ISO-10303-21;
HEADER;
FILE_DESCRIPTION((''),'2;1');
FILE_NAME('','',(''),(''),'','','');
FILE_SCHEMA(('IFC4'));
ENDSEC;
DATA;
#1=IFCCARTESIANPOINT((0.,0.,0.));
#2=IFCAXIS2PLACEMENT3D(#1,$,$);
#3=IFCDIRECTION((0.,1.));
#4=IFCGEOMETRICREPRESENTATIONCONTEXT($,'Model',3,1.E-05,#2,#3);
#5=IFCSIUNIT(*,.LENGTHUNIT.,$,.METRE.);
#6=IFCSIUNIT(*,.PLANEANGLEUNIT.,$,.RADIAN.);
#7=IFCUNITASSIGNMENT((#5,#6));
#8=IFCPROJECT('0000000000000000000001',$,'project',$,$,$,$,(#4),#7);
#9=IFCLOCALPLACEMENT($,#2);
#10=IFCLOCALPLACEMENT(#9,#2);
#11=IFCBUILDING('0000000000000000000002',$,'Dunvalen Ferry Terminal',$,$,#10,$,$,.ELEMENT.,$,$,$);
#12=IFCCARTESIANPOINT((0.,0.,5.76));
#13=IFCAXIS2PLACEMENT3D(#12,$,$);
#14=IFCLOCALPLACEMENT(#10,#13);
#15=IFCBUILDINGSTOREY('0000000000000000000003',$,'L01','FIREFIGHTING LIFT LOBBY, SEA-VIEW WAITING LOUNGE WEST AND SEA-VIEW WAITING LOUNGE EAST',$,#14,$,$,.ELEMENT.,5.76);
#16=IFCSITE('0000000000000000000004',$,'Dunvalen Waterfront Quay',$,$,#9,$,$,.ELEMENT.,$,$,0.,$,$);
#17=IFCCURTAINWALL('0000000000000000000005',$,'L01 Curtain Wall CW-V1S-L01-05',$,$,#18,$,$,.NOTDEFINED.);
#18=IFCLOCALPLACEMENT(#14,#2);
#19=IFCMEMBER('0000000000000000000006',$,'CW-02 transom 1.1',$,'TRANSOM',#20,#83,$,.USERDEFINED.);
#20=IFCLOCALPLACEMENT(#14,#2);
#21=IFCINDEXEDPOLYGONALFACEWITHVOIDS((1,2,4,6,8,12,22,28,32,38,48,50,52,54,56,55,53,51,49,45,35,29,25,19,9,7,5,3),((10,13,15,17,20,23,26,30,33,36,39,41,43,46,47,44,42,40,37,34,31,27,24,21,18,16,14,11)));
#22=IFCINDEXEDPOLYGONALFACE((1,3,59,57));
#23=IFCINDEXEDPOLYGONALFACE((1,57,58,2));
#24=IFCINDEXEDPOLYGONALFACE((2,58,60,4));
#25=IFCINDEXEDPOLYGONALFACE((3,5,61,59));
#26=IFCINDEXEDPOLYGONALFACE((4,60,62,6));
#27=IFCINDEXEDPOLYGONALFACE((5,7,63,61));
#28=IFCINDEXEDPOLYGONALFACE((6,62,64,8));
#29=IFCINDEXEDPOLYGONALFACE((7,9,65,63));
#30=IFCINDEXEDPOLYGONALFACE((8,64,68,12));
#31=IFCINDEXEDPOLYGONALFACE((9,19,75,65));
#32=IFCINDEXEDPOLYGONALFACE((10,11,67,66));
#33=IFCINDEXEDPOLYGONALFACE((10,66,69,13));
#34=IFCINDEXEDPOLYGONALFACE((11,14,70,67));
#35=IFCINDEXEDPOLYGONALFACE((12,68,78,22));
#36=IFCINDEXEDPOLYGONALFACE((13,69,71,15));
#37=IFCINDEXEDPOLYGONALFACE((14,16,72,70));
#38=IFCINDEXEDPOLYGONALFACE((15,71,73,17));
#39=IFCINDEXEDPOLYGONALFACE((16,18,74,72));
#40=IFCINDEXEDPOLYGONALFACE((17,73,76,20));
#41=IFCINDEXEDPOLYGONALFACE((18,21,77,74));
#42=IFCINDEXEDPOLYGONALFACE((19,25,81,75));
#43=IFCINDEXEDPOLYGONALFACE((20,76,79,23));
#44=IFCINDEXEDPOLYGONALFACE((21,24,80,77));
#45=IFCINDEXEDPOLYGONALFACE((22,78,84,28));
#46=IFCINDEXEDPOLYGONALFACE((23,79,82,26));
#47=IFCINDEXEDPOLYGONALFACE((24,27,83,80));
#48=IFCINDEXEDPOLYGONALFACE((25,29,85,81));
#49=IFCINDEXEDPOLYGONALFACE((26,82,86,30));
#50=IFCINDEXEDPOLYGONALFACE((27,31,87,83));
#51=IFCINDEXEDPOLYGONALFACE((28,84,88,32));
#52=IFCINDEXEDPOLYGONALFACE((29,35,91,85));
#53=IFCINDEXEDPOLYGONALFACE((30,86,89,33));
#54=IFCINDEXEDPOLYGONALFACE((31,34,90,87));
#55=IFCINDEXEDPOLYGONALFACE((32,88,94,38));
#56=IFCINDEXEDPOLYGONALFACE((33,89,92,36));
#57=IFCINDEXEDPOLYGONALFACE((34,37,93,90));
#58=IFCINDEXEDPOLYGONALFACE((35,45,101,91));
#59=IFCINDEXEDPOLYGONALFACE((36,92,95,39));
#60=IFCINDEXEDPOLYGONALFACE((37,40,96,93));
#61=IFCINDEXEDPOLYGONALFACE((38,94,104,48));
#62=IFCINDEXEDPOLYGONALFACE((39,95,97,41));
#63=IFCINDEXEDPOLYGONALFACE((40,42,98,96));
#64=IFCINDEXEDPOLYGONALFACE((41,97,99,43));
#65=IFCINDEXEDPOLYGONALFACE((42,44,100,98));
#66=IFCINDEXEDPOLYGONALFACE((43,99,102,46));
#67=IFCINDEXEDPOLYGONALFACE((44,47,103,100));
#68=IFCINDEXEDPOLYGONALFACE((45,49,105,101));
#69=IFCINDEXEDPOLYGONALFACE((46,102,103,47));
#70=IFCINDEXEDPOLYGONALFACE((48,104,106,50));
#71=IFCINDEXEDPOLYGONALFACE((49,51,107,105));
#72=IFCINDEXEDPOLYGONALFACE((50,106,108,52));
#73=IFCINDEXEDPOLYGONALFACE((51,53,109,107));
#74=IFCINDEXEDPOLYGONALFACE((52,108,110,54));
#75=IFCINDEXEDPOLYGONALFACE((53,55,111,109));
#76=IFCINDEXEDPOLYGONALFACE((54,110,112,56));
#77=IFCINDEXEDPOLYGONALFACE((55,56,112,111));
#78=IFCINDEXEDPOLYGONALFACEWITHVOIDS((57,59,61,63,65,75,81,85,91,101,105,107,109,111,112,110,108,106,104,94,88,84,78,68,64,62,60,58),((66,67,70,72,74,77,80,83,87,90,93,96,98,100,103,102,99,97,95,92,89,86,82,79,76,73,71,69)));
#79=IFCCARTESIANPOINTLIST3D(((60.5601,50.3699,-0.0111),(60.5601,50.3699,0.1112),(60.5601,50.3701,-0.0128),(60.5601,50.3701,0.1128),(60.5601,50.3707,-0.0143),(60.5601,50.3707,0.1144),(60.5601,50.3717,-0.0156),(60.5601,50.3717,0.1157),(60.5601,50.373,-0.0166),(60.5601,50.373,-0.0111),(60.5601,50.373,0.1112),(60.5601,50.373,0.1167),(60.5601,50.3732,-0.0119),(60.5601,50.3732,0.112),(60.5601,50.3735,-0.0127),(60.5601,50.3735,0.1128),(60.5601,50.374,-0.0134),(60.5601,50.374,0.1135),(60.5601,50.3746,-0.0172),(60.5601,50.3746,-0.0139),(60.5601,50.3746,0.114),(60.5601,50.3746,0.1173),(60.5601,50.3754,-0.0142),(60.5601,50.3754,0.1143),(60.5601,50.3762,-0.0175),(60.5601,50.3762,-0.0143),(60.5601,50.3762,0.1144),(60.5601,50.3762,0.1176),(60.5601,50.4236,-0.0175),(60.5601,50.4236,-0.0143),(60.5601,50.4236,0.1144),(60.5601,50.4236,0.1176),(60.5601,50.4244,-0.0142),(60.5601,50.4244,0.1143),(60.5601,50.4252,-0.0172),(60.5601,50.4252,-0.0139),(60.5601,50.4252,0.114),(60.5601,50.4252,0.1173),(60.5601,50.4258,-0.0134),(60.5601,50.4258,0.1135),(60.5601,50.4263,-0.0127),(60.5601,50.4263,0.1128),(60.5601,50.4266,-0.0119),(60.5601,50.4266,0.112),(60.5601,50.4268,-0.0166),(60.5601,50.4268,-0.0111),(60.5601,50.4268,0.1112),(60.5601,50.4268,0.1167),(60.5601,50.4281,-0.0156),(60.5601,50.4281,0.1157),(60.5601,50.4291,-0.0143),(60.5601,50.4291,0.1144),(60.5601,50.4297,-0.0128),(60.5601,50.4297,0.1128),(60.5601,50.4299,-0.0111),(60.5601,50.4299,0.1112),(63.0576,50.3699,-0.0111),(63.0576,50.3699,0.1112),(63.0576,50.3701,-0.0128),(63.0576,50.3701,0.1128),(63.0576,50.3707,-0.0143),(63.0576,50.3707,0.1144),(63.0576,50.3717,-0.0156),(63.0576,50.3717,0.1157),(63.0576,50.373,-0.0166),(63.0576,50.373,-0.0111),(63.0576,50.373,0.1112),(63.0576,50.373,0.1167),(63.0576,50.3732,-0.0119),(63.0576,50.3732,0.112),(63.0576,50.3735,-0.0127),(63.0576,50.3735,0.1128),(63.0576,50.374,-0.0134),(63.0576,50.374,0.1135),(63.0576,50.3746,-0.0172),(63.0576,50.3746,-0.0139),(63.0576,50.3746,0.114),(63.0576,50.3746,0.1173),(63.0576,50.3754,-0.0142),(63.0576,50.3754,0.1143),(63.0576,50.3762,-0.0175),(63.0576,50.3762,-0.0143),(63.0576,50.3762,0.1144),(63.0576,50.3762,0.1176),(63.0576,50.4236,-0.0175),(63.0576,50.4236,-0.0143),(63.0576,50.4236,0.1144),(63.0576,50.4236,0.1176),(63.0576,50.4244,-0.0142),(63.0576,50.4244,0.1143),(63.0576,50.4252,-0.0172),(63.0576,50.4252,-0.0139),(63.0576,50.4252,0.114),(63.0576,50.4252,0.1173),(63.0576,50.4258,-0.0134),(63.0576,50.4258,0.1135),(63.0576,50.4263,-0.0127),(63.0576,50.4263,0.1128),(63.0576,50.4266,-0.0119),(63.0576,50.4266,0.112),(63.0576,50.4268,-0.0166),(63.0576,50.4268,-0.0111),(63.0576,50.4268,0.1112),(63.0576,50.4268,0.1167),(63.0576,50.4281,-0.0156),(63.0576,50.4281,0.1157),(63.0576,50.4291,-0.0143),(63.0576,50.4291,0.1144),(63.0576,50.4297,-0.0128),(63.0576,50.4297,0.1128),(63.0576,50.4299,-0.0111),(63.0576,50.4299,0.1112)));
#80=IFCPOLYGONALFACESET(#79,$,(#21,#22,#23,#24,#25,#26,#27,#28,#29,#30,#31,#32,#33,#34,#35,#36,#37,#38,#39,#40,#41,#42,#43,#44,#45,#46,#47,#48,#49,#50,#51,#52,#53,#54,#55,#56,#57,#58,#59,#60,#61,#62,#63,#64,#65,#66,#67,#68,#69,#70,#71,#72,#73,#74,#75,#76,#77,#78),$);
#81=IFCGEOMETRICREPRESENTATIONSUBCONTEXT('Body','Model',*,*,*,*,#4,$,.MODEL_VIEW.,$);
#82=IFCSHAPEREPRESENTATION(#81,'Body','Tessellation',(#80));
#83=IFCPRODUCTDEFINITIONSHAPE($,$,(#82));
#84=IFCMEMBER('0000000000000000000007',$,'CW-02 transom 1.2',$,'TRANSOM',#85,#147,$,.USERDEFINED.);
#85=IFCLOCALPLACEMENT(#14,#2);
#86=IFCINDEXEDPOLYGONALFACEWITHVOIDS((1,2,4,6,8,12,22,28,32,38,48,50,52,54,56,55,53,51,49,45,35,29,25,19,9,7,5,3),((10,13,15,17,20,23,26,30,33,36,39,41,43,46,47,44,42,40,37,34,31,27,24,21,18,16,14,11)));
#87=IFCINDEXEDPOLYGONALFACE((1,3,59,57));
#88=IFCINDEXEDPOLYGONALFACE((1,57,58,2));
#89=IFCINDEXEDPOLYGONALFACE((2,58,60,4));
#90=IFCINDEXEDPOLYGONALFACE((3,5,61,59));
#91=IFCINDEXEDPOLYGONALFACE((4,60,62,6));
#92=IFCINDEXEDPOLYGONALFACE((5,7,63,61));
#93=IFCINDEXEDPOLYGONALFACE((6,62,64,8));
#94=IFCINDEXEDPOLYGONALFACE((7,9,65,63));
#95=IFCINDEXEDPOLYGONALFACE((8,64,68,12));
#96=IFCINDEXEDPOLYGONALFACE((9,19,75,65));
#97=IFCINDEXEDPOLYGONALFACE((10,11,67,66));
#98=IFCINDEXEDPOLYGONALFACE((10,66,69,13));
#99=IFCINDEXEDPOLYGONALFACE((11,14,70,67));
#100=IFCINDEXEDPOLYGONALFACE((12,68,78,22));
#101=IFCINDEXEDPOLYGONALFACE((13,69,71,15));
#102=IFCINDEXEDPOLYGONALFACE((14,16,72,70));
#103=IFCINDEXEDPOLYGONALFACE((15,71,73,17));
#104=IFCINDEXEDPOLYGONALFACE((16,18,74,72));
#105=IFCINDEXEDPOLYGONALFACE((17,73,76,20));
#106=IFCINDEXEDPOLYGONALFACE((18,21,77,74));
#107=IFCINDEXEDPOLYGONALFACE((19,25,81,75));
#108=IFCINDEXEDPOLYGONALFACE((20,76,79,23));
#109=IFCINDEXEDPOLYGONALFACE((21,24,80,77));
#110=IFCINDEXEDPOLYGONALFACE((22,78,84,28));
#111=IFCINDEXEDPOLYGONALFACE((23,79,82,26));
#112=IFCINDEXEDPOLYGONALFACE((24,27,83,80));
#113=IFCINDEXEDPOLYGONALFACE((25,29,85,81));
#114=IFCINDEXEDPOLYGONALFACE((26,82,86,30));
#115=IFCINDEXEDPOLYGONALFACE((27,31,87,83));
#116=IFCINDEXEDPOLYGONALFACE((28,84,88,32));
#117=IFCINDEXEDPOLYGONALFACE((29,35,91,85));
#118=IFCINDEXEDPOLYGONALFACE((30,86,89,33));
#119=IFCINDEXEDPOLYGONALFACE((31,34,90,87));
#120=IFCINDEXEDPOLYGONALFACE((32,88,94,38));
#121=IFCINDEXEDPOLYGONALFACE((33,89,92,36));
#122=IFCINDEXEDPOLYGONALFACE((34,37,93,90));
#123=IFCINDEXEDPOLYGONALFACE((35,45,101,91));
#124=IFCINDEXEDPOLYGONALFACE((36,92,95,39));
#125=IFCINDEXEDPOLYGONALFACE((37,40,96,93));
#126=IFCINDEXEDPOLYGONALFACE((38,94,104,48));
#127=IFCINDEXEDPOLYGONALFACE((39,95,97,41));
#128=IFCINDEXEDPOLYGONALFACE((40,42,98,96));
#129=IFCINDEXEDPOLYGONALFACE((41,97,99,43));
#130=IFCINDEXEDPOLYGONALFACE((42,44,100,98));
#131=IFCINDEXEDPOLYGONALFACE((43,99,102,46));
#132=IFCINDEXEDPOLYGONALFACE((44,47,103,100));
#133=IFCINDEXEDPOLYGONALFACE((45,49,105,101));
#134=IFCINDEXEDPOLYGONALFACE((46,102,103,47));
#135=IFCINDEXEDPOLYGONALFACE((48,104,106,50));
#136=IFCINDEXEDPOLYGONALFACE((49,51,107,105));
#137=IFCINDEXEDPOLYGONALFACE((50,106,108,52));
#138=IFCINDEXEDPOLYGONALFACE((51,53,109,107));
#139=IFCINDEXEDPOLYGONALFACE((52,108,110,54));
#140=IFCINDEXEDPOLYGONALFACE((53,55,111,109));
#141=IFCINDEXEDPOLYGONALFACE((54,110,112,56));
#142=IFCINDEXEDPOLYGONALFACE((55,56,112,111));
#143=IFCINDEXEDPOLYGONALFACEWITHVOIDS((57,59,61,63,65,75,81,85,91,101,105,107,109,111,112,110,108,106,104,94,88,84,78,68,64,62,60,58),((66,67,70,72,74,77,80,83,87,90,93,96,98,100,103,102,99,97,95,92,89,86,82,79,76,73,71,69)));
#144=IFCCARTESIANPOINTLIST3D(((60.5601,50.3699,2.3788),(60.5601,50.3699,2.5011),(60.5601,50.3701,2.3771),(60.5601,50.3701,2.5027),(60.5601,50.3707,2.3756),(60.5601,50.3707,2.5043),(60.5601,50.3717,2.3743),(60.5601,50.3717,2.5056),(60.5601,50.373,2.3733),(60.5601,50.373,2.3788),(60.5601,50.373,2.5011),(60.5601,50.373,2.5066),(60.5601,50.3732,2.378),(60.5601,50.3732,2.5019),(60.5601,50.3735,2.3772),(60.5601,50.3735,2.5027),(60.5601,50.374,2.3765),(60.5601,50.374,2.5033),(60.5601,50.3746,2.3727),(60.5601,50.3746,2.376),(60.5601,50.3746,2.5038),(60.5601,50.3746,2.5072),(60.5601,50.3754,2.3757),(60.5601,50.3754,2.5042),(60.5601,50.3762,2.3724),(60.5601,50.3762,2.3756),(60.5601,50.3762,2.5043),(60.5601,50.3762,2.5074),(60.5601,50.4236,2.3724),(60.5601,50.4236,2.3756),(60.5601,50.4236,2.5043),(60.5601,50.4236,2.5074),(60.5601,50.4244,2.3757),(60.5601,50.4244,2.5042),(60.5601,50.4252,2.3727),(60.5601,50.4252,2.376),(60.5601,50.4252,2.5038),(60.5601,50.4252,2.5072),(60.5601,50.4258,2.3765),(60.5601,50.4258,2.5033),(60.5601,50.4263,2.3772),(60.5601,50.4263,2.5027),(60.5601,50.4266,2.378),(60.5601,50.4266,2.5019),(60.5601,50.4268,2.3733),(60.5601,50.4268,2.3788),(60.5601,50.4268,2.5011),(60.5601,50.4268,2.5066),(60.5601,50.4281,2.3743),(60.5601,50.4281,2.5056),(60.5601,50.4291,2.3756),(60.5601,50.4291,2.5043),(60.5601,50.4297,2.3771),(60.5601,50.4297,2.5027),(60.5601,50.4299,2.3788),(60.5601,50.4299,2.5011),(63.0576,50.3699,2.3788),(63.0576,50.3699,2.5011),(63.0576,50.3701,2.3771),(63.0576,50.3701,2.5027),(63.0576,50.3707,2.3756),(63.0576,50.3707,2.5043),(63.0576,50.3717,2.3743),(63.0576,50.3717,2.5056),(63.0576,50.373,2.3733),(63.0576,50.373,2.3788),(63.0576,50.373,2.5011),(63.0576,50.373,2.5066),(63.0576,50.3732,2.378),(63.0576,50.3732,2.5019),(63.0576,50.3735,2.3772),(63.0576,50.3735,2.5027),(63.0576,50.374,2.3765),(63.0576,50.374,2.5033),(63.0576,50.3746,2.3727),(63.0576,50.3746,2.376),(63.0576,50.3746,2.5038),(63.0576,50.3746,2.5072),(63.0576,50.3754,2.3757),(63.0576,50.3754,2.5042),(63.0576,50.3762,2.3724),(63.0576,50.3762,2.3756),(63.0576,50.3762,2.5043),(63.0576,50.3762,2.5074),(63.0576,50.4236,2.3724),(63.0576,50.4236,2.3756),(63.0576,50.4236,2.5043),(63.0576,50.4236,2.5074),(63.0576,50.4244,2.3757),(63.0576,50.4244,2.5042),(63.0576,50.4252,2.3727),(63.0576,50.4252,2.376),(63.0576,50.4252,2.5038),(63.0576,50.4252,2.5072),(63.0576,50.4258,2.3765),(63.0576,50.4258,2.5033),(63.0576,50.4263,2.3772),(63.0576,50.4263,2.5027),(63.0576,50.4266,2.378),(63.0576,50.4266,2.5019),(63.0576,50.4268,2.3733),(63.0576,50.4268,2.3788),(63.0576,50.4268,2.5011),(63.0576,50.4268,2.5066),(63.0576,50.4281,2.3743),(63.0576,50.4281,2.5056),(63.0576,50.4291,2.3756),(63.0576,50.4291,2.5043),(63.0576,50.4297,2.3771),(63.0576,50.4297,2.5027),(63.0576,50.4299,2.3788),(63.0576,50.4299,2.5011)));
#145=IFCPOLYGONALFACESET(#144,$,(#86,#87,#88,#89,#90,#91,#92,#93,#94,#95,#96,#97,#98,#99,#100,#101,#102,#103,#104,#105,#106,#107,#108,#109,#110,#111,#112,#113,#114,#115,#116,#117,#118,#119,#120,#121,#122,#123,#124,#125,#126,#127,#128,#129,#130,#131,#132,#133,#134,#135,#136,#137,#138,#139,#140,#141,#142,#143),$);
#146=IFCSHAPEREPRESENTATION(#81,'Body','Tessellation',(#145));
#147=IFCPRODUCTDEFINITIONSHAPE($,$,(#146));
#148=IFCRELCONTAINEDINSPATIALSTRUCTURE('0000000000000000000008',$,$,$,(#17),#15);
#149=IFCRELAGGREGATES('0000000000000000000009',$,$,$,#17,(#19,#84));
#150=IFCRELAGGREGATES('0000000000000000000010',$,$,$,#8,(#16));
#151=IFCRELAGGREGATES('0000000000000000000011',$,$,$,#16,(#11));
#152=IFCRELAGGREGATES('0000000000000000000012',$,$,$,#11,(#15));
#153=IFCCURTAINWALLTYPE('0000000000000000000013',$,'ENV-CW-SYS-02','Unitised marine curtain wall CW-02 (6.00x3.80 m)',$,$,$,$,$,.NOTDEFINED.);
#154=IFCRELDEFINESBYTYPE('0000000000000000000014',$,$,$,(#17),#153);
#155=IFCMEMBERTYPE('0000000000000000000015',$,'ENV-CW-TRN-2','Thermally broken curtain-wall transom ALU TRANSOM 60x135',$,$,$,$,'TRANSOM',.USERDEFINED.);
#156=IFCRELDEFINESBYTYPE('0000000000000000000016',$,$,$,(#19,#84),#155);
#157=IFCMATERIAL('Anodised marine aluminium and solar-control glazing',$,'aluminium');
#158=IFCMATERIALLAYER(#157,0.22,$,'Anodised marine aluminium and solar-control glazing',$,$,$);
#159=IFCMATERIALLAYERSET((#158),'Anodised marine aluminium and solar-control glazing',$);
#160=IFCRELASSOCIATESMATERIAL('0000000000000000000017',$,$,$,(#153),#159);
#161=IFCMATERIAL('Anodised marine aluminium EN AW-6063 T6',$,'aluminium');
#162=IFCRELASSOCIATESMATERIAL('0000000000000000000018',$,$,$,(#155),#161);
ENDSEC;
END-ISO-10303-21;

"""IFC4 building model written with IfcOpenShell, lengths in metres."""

from ifc_helpers import new_model, si_unit, direction, frame, origin, origin_2d, place, context, subcontext, project, spatial, hollow_rectangle, extrude, material, layer, layer_set, material_profile, profile_set, type_object, element, aggregate, save


model = new_model("IFC4")

# Units and contexts
model_context = context("Model", 3, precision=1e-05, world=origin(), true_north=direction((0.0, 1.0)))
body_context = subcontext(model_context, "Body", "Model", "MODEL_VIEW")
ifc_project = project(units=[si_unit("LENGTHUNIT", "METRE"), si_unit("PLANEANGLEUNIT", "RADIAN")], contexts=[model_context])

# Site, building, storey
site_placement = place(None, origin())
site = spatial("IfcSite", under=ifc_project, at=site_placement, Name="Dunvalen Waterfront Quay", CompositionType="ELEMENT", RefElevation=0.0)
building_placement = place(site_placement, origin())
building = spatial("IfcBuilding", under=site, at=building_placement, Name="Dunvalen Ferry Terminal", CompositionType="ELEMENT")
storey_placement = place(building_placement, frame((0.0, 0.0, 5.76)))
storey = spatial("IfcBuildingStorey", under=building, at=storey_placement, Name="L01", Description="FIREFIGHTING LIFT LOBBY, SEA-VIEW WAITING LOUNGE WEST AND SEA-VIEW WAITING LOUNGE EAST", CompositionType="ELEMENT", Elevation=5.76)

# Curtain wall
ifc_material_1 = material(Name="Anodised marine aluminium and solar-control glazing", Category="aluminium")
ifc_layer_1 = layer(ifc_material_1, 0.22, Name="Anodised marine aluminium and solar-control glazing")
ifc_layer_set_1 = layer_set([ifc_layer_1], Name="Anodised marine aluminium and solar-control glazing")
curtain_wall_type = type_object("IfcCurtainWallType", Name="ENV-CW-SYS-02", Description="Unitised marine curtain wall CW-02 (6.00x3.80 m)", PredefinedType="NOTDEFINED", material=ifc_layer_set_1)
ifc_material_2 = material(Name="Anodised marine aluminium EN AW-6063 T6", Category="aluminium")
curtain_wall_1_placement = place(storey_placement, origin())
curtain_wall_1 = element("IfcCurtainWall", 1, at=curtain_wall_1_placement, inside=storey, type_object=curtain_wall_type, Name="L01 Curtain Wall CW-V1S-L01-05", PredefinedType="NOTDEFINED")

# Members
ifc_material_profile_1 = material_profile(ifc_material_2, hollow_rectangle(XDim=0.0601, YDim=0.135, WallThickness=0.0032, InnerFilletRadius=0.0032, OuterFilletRadius=0.0063, at=origin_2d()), Name="Anodised marine aluminium EN AW-6063 T6")
ifc_profile_set_1 = profile_set([ifc_material_profile_1], Name="Anodised marine aluminium EN AW-6063 T6")
member_type_1 = type_object("IfcMemberType", Name="ENV-CW-TRN-2", Description="Thermally broken curtain-wall transom ALU TRANSOM 60x135", ElementType="TRANSOM", PredefinedType="USERDEFINED", material=ifc_profile_set_1)
member_1_placement = place(storey_placement, frame((60.5601, 50.3999, 0.05), z_axis=(1.0, 0.0, 0.0), x_axis=(0.0, 1.0, 0.0)))
member_1 = element("IfcMember", 2, at=member_1_placement, type_object=member_type_1, Name="CW-02 transom 1.1", ObjectType="TRANSOM", PredefinedType="USERDEFINED", context=body_context, shape_type="SweptSolid", body=[
    extrude(hollow_rectangle(XDim=0.0601, YDim=0.135, WallThickness=0.0032, InnerFilletRadius=0.0032, OuterFilletRadius=0.0063, at=origin_2d()), origin(), (0.0, 0.0, 1.0), 2.4976),
])
member_2_placement = place(storey_placement, frame((60.5601, 50.3999, 2.4399), z_axis=(1.0, 0.0, 0.0), x_axis=(0.0, 1.0, 0.0)))
member_2 = element("IfcMember", 3, at=member_2_placement, type_object=member_type_1, Name="CW-02 transom 1.2", ObjectType="TRANSOM", PredefinedType="USERDEFINED", context=body_context, shape_type="SweptSolid", body=[
    extrude(hollow_rectangle(XDim=0.0601, YDim=0.135, WallThickness=0.0032, InnerFilletRadius=0.0032, OuterFilletRadius=0.0063, at=origin_2d()), origin(), (0.0, 0.0, 1.0), 2.4976),
])

aggregate(curtain_wall_1, [member_1, member_2])

save(model, "model.ifc")
